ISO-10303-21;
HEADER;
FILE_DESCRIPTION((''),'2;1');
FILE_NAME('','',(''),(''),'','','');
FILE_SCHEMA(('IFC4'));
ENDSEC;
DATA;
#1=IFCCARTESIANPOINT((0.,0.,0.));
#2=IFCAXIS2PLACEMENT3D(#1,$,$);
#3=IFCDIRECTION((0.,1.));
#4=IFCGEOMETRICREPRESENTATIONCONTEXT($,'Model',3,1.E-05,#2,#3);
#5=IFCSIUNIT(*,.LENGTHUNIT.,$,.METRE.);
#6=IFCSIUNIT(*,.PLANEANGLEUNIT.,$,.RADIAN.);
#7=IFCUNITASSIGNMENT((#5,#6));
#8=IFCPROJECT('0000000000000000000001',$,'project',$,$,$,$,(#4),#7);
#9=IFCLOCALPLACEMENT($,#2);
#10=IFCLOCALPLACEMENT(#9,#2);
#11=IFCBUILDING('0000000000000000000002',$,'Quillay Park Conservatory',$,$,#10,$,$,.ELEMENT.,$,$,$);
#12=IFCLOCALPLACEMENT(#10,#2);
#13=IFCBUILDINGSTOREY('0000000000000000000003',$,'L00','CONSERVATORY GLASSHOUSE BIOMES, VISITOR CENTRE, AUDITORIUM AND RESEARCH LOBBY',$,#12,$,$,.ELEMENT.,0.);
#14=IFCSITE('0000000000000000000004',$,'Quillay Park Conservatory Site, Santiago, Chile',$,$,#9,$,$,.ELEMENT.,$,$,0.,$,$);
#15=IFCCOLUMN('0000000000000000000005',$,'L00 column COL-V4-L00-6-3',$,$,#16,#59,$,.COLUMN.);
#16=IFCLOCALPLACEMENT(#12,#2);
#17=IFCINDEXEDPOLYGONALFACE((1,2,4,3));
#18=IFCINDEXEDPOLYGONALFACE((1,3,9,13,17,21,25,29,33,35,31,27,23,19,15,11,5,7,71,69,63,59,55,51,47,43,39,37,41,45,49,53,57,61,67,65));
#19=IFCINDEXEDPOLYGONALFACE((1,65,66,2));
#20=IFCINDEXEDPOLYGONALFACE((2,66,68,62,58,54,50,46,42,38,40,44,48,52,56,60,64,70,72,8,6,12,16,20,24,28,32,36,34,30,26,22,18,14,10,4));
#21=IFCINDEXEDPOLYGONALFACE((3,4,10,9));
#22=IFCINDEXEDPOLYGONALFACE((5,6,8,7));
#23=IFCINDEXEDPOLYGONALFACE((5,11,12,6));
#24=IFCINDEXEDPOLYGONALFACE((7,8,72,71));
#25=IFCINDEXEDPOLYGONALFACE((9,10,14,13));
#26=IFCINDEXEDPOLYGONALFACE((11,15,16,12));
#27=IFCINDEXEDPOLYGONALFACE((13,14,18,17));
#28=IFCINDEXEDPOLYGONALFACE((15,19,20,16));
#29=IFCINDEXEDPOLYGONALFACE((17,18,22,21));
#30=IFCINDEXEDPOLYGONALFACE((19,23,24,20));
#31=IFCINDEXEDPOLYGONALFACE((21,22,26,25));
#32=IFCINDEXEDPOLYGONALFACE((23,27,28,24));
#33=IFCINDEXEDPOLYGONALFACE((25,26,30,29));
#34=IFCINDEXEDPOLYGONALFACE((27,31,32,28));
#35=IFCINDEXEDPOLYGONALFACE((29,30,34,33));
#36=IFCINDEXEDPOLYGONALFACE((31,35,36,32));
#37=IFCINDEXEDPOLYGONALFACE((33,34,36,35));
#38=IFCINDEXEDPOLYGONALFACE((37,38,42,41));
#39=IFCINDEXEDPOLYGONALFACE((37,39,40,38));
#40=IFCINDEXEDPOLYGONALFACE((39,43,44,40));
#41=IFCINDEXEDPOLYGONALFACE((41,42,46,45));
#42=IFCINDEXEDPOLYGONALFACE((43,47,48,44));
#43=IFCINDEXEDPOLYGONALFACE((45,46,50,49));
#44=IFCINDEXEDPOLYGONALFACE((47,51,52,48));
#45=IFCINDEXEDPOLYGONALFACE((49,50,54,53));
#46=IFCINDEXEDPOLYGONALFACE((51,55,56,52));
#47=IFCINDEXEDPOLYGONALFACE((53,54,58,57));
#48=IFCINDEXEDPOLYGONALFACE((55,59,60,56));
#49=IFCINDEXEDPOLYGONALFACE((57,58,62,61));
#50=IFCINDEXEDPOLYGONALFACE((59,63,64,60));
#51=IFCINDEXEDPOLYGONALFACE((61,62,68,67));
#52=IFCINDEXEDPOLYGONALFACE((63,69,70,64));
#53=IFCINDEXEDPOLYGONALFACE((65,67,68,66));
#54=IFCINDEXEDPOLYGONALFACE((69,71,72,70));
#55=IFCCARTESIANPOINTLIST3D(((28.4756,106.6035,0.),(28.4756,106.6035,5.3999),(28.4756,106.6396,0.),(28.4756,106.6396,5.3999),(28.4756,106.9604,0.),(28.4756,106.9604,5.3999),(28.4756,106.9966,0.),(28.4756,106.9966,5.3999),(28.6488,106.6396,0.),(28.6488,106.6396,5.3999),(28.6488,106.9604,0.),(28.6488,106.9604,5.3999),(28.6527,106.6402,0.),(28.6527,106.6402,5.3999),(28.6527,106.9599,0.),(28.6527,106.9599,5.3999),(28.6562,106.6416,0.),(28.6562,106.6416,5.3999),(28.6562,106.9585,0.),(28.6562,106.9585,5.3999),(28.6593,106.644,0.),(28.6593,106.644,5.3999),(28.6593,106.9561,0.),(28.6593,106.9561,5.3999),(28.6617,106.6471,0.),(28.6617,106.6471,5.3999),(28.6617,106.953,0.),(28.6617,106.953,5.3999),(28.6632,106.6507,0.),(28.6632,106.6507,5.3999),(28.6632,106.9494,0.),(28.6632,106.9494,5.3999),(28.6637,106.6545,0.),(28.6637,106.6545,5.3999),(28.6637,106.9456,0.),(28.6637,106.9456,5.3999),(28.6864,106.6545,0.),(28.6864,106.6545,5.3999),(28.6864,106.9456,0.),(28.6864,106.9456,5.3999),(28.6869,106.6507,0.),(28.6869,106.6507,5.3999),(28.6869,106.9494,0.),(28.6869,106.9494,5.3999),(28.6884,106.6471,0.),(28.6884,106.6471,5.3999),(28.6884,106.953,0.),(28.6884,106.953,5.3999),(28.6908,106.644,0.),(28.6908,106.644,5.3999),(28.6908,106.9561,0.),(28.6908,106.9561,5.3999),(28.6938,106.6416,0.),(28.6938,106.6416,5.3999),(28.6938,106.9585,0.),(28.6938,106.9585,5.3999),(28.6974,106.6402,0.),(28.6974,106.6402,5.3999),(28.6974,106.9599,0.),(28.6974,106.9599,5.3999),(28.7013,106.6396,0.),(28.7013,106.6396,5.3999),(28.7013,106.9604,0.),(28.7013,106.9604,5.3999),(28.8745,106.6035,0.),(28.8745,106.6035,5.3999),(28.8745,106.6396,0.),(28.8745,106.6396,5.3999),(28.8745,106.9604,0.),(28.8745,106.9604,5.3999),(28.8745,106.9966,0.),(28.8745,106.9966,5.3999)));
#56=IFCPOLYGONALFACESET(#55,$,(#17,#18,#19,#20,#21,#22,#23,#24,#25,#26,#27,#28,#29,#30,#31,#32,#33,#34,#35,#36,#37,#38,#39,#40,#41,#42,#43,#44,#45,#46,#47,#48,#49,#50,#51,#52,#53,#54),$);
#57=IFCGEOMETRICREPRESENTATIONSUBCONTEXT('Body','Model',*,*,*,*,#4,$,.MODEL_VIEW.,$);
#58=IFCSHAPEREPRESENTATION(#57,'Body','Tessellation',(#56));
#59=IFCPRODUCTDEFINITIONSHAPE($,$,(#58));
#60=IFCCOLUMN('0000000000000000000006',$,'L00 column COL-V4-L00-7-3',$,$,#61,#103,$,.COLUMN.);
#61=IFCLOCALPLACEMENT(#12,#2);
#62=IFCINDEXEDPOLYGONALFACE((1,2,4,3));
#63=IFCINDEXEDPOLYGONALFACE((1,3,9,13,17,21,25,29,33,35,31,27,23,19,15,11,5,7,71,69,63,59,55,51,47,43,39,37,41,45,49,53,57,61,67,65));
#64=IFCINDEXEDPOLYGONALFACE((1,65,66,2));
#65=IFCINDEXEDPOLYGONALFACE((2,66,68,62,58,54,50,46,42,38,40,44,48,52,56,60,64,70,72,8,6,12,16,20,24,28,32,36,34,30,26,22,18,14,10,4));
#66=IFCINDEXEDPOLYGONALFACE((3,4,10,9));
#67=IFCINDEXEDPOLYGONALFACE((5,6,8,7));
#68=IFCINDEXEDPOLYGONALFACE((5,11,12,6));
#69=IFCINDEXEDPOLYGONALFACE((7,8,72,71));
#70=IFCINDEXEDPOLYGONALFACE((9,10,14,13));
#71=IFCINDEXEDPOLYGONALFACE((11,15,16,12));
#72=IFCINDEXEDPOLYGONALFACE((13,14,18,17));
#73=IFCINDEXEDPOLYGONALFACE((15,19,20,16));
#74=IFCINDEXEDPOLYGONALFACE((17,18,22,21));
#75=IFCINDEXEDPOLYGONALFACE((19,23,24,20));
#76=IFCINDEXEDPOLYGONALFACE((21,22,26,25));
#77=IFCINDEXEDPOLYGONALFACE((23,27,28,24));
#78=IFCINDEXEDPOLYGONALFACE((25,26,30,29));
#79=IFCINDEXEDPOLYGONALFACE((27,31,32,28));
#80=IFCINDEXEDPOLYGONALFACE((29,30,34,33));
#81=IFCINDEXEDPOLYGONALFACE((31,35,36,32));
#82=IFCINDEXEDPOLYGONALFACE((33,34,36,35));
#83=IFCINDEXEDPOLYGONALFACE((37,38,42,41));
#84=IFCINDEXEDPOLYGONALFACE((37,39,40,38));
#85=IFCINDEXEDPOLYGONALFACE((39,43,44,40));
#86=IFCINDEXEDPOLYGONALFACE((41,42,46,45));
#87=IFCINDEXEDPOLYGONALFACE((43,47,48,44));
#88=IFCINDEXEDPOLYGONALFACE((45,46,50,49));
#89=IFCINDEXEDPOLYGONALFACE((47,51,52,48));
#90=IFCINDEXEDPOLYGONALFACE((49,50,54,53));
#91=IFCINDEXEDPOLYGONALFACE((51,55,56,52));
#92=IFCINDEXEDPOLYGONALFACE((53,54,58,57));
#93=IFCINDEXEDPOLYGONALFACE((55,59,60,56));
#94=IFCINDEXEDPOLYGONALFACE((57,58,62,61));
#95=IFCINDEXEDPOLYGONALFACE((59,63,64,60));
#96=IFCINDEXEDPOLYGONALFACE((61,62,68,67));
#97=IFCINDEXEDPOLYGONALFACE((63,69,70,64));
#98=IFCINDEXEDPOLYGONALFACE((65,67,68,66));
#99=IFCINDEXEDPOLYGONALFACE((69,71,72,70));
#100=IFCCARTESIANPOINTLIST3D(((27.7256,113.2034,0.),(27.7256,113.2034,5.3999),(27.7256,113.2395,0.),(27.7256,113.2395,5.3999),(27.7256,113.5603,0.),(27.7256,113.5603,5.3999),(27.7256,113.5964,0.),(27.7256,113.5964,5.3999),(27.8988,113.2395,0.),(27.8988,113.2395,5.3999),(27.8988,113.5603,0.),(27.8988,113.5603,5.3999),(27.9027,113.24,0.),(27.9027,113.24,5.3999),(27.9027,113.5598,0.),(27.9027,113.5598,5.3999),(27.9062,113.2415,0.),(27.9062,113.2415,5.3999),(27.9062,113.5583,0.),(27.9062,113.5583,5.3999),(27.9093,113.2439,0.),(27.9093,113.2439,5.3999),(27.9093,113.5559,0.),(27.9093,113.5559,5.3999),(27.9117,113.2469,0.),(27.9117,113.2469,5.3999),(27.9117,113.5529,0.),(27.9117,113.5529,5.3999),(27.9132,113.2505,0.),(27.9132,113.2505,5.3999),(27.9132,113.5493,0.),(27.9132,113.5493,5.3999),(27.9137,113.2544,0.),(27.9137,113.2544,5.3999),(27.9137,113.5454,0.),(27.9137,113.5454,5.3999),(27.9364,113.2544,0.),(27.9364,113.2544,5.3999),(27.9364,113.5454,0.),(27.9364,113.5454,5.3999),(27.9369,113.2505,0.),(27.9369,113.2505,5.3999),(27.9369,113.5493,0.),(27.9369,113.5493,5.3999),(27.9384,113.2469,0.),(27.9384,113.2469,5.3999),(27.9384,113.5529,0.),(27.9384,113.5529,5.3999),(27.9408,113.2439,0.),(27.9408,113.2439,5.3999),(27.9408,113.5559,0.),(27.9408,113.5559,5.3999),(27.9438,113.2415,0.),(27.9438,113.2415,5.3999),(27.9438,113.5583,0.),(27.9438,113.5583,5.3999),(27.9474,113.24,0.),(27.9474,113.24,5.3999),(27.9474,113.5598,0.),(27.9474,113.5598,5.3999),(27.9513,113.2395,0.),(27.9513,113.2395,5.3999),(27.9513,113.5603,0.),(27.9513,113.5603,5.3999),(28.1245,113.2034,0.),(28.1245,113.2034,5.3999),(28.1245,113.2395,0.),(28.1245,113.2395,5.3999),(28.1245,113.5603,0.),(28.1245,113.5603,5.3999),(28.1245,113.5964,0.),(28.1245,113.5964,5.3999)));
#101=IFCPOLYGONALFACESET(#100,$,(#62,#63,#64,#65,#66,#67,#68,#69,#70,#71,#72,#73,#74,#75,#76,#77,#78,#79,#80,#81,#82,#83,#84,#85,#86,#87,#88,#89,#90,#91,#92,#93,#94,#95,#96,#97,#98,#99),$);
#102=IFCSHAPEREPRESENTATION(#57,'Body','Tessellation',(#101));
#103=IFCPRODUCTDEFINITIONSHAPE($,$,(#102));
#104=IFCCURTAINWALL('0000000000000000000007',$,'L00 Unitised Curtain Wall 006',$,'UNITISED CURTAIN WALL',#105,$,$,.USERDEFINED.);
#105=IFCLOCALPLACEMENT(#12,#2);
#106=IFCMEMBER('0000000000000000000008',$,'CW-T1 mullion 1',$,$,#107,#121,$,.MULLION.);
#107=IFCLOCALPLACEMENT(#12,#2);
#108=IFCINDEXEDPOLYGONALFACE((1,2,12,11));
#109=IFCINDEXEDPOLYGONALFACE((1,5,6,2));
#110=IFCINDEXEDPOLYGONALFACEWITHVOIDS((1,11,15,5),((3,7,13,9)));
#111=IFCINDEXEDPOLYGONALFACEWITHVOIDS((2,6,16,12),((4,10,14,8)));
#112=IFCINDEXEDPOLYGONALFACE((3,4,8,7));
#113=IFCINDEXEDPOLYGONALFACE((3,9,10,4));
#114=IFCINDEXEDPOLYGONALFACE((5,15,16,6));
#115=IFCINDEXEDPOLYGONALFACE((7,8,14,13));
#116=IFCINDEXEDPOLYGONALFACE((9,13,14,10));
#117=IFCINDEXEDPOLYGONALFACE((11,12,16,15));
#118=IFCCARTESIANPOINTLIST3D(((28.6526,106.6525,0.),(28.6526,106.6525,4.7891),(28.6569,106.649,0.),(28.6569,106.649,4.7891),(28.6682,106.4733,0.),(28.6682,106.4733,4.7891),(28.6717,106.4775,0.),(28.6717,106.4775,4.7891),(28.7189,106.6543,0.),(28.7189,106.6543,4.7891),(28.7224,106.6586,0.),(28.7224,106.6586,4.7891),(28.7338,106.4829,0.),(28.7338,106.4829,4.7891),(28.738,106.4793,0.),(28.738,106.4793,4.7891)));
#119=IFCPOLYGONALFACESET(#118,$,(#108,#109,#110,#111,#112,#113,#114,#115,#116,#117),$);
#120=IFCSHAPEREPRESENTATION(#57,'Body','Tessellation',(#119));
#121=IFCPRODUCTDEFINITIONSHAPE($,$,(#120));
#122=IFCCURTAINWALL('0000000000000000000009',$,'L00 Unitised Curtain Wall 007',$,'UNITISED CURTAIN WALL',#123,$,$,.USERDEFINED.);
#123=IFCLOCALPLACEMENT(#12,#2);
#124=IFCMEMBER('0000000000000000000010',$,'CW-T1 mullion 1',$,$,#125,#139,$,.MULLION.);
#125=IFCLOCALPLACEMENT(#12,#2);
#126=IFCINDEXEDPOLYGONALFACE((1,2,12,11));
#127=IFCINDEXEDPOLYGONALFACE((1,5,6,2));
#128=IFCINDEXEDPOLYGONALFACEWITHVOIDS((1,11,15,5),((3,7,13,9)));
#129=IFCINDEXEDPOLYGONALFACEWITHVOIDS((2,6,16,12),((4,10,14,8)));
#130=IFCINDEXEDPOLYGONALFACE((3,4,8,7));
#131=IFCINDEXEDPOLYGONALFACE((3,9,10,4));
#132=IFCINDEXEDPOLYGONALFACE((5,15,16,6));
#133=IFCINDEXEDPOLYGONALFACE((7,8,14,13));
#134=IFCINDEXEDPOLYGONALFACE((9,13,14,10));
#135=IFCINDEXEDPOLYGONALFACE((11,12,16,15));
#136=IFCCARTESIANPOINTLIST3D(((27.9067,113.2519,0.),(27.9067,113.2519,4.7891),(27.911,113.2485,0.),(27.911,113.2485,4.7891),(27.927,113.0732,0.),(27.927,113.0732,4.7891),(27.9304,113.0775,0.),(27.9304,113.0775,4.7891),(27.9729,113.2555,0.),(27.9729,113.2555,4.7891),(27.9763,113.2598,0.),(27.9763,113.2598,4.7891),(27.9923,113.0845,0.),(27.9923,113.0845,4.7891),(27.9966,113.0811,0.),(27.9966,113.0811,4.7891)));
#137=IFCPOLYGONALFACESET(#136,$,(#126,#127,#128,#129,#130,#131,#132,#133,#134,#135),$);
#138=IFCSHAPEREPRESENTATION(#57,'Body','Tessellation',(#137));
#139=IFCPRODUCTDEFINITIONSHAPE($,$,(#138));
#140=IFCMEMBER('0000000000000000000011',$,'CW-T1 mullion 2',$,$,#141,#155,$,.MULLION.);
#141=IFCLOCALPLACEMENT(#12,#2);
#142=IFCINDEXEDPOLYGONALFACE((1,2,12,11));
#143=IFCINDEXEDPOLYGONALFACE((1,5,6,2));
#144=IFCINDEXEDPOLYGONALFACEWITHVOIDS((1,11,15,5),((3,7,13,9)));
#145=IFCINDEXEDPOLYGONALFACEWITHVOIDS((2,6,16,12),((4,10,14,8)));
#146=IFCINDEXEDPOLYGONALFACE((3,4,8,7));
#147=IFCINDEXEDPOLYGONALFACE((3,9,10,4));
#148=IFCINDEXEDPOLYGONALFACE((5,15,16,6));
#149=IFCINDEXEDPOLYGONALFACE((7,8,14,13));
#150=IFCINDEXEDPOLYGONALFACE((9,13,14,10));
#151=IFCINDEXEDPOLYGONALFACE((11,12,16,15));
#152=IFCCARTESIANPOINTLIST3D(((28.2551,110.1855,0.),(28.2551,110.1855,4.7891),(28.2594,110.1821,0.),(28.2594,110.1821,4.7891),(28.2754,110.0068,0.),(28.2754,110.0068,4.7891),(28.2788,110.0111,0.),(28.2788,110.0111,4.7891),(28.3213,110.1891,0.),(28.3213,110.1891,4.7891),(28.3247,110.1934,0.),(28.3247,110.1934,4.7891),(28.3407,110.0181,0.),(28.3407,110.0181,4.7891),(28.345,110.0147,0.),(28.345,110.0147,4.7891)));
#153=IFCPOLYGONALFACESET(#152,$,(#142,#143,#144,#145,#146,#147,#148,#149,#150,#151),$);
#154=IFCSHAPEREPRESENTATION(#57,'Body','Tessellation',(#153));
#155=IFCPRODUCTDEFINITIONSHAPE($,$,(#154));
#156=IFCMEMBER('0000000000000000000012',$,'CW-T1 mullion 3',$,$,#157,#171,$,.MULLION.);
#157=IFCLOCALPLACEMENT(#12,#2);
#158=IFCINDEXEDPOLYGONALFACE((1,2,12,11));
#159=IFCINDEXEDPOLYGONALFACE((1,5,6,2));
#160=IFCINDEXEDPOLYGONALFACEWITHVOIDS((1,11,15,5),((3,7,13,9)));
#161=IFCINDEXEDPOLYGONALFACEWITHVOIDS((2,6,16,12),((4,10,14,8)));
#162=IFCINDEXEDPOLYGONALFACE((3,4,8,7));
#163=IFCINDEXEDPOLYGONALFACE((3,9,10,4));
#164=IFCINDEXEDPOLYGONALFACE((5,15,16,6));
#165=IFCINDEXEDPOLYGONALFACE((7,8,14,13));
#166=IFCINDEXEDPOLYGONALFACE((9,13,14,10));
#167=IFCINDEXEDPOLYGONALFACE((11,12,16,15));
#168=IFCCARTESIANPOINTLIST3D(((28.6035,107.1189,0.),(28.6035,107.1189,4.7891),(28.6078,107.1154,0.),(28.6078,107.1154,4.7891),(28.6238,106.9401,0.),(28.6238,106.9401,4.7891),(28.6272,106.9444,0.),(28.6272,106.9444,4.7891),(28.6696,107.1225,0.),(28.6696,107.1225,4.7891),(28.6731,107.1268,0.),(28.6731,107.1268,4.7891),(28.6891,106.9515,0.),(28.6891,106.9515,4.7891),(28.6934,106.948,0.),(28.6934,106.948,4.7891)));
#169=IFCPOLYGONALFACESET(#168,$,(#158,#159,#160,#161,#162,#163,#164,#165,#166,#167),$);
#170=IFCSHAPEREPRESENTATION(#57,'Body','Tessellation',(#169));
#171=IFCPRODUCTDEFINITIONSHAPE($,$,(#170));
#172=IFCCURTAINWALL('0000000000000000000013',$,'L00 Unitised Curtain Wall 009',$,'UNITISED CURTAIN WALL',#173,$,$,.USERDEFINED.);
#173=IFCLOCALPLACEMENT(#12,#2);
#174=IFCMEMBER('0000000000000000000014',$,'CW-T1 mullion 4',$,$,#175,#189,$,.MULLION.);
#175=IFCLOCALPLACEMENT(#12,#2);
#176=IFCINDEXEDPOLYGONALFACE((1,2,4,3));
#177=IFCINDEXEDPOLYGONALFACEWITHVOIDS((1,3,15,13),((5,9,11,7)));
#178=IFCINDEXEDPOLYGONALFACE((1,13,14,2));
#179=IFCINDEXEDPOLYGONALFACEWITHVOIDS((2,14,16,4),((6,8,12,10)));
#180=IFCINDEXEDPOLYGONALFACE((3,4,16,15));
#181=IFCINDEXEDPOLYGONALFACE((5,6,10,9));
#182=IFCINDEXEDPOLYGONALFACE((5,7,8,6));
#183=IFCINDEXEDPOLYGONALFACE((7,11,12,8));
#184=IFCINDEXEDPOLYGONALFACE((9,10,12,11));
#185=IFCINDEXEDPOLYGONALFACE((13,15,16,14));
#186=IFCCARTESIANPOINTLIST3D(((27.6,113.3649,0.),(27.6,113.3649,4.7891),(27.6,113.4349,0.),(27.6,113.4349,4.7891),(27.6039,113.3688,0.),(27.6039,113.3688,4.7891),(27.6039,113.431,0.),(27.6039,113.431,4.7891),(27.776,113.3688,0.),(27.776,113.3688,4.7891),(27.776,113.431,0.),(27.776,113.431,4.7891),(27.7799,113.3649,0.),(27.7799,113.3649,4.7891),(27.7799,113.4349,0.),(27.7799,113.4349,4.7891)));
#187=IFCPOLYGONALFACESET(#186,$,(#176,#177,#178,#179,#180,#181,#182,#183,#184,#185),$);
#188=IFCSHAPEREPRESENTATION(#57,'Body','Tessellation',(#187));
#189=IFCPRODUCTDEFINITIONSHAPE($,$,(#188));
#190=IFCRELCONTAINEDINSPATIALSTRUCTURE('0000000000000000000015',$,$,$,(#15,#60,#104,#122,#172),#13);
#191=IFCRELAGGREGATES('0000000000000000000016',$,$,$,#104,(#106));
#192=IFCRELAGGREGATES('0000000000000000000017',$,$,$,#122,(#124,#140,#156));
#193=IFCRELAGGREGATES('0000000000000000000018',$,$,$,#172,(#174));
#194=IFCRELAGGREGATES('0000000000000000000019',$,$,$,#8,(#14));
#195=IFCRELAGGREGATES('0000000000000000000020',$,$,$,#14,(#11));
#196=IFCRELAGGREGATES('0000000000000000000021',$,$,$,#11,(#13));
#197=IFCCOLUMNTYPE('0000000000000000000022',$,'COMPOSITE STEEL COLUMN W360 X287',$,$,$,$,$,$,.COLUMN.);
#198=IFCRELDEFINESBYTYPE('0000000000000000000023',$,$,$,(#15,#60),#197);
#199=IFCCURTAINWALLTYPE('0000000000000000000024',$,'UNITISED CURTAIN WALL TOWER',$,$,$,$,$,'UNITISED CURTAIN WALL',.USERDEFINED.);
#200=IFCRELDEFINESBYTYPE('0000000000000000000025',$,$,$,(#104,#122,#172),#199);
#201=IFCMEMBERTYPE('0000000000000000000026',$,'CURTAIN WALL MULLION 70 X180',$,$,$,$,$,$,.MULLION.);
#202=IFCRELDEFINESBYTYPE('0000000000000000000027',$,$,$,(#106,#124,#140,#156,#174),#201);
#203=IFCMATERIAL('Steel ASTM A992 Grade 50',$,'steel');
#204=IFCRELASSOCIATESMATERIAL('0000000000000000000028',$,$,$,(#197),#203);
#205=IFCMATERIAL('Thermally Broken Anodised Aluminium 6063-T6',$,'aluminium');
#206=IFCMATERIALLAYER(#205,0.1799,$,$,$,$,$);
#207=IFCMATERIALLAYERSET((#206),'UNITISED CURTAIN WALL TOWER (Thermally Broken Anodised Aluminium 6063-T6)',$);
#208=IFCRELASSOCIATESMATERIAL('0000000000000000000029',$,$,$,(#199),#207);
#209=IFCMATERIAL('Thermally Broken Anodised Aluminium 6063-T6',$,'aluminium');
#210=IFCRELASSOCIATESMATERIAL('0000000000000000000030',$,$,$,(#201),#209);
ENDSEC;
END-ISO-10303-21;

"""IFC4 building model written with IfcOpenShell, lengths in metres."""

from ifc_helpers import new_model, si_unit, direction, frame, origin, origin_2d, place, context, subcontext, project, spatial, hollow_rectangle, i_section, extrude, material, layer, layer_set, material_profile, profile_set, type_object, element, aggregate, save


model = new_model("IFC4")

# Units and contexts
model_context = context("Model", 3, precision=1e-05, world=origin(), true_north=direction((0.0, 1.0)))
body_context = subcontext(model_context, "Body", "Model", "MODEL_VIEW")
ifc_project = project(units=[si_unit("LENGTHUNIT", "METRE"), si_unit("PLANEANGLEUNIT", "RADIAN")], contexts=[model_context])

# Site, building, storey
site_placement = place(None, origin())
site = spatial("IfcSite", under=ifc_project, at=site_placement, Name="Quillay Park Conservatory Site, Santiago, Chile", CompositionType="ELEMENT", RefElevation=0.0)
building_placement = place(site_placement, origin())
building = spatial("IfcBuilding", under=site, at=building_placement, Name="Quillay Park Conservatory", CompositionType="ELEMENT")
storey_placement = place(building_placement, origin())
storey = spatial("IfcBuildingStorey", under=building, at=storey_placement, Name="L00", Description="CONSERVATORY GLASSHOUSE BIOMES, VISITOR CENTRE, AUDITORIUM AND RESEARCH LOBBY", CompositionType="ELEMENT", Elevation=0.0)

# Columns
ifc_material_1 = material(Name="Steel ASTM A992 Grade 50", Category="steel")
ifc_material_profile_1 = material_profile(ifc_material_1, i_section(OverallWidth=0.3989, OverallDepth=0.3931, WebThickness=0.0227, FlangeThickness=0.0361, FilletRadius=0.0149, at=origin_2d()), Name="W360x287")
ifc_profile_set_1 = profile_set([ifc_material_profile_1], Name="Steel ASTM A992 Grade 50")
column_type = type_object("IfcColumnType", Name="COMPOSITE STEEL COLUMN W360 X287", PredefinedType="COLUMN", material=ifc_profile_set_1)
for number, where, z_axis, x_axis, name in (
    (1, (28.675, 106.8, 0.0), (0.0, 0.0, 1.0), (1.0, 0.0, 0.0), "L00 column COL-V4-L00-6-3"),
    (2, (27.925, 113.3999, 0.0), (0.0, 0.0, 1.0), (1.0, 0.0, 0.0), "L00 column COL-V4-L00-7-3"),
):
    element("IfcColumn", number, at=place(storey_placement, frame(where, z_axis=z_axis, x_axis=x_axis)), inside=storey, type_object=column_type, Name=name, PredefinedType="COLUMN", context=body_context, shape_type="SweptSolid", body=[
        extrude(i_section(OverallWidth=0.3989, OverallDepth=0.3931, WebThickness=0.0227, FlangeThickness=0.0361, FilletRadius=0.0149, at=origin_2d()), origin(), (0.0, 0.0, 1.0), 5.3999),
    ])

# Curtain wall, member
ifc_material_2 = material(Name="Thermally Broken Anodised Aluminium 6063-T6", Category="aluminium")
ifc_layer_1 = layer(ifc_material_2, 0.1799)
ifc_layer_set_1 = layer_set([ifc_layer_1], Name="UNITISED CURTAIN WALL TOWER (Thermally Broken Anodised Aluminium 6063-T6)")
curtain_wall_type = type_object("IfcCurtainWallType", Name="UNITISED CURTAIN WALL TOWER", ElementType="UNITISED CURTAIN WALL", PredefinedType="USERDEFINED", material=ifc_layer_set_1)
curtain_wall_1_placement = place(storey_placement, origin())
curtain_wall_1 = element("IfcCurtainWall", 3, at=curtain_wall_1_placement, inside=storey, type_object=curtain_wall_type, Name="L00 Unitised Curtain Wall 006", ObjectType="UNITISED CURTAIN WALL", PredefinedType="USERDEFINED")
ifc_material_3 = material(Name="Thermally Broken Anodised Aluminium 6063-T6", Category="aluminium")
ifc_material_profile_2 = material_profile(ifc_material_3, hollow_rectangle(XDim=0.0701, YDim=0.1799, WallThickness=0.0039, at=origin_2d()), Name="AL70x180x4")
ifc_profile_set_2 = profile_set([ifc_material_profile_2], Name="Thermally Broken Anodised Aluminium 6063-T6")
member_type_1 = type_object("IfcMemberType", Name="CURTAIN WALL MULLION 70 X180", PredefinedType="MULLION", material=ifc_profile_set_2)
member_1_placement = place(storey_placement, frame((28.6953, 106.5659, 0.0), z_axis=(0.0, 0.0, 1.0), x_axis=(0.996254, 0.08648, 0.0)))
member_1 = element("IfcMember", 4, at=member_1_placement, type_object=member_type_1, Name="CW-T1 mullion 1", PredefinedType="MULLION", context=body_context, shape_type="SweptSolid", body=[
    extrude(hollow_rectangle(XDim=0.0701, YDim=0.1799, WallThickness=0.0039, at=origin_2d()), origin(), (0.0, 0.0, 1.0), 4.7891),
])

# Curtain wall, members
curtain_wall_2_placement = place(storey_placement, origin())
curtain_wall_2 = element("IfcCurtainWall", 5, at=curtain_wall_2_placement, inside=storey, type_object=curtain_wall_type, Name="L00 Unitised Curtain Wall 007", ObjectType="UNITISED CURTAIN WALL", PredefinedType="USERDEFINED")
member_2_placement = place(storey_placement, frame((27.9517, 113.1665, 0.0), z_axis=(0.0, 0.0, 1.0), x_axis=(0.993606, 0.112903, 0.0)))
member_2 = element("IfcMember", 6, at=member_2_placement, type_object=member_type_1, Name="CW-T1 mullion 1", PredefinedType="MULLION", context=body_context, shape_type="SweptSolid", body=[
    extrude(hollow_rectangle(XDim=0.0701, YDim=0.1799, WallThickness=0.0039, at=origin_2d()), origin(), (0.0, 0.0, 1.0), 4.7891),
])
member_3_placement = place(storey_placement, frame((28.3, 110.1001, 0.0), z_axis=(0.0, 0.0, 1.0), x_axis=(0.993606, 0.112903, 0.0)))
member_3 = element("IfcMember", 7, at=member_3_placement, type_object=member_type_1, Name="CW-T1 mullion 2", PredefinedType="MULLION", context=body_context, shape_type="SweptSolid", body=[
    extrude(hollow_rectangle(XDim=0.0701, YDim=0.1799, WallThickness=0.0039, at=origin_2d()), origin(), (0.0, 0.0, 1.0), 4.7891),
])
member_4_placement = place(storey_placement, frame((28.6484, 107.0334, 0.0), z_axis=(0.0, 0.0, 1.0), x_axis=(0.993606, 0.112903, 0.0)))
member_4 = element("IfcMember", 8, at=member_4_placement, type_object=member_type_1, Name="CW-T1 mullion 3", PredefinedType="MULLION", context=body_context, shape_type="SweptSolid", body=[
    extrude(hollow_rectangle(XDim=0.0701, YDim=0.1799, WallThickness=0.0039, at=origin_2d()), origin(), (0.0, 0.0, 1.0), 4.7891),
])

# Curtain wall, member
curtain_wall_3_placement = place(storey_placement, origin())
curtain_wall_3 = element("IfcCurtainWall", 9, at=curtain_wall_3_placement, inside=storey, type_object=curtain_wall_type, Name="L00 Unitised Curtain Wall 009", ObjectType="UNITISED CURTAIN WALL", PredefinedType="USERDEFINED")
member_5_placement = place(storey_placement, frame((27.6899, 113.3999, 0.0), z_axis=(0.0, 0.0, 1.0), x_axis=(0.0, 1.0, 0.0)))
member_5 = element("IfcMember", 10, at=member_5_placement, type_object=member_type_1, Name="CW-T1 mullion 4", PredefinedType="MULLION", context=body_context, shape_type="SweptSolid", body=[
    extrude(hollow_rectangle(XDim=0.0701, YDim=0.1799, WallThickness=0.0039, at=origin_2d()), origin(), (0.0, 0.0, 1.0), 4.7891),
])

aggregate(curtain_wall_1, [member_1])

aggregate(curtain_wall_2, [member_2, member_3, member_4])
aggregate(curtain_wall_3, [member_5])

save(model, "model.ifc")
